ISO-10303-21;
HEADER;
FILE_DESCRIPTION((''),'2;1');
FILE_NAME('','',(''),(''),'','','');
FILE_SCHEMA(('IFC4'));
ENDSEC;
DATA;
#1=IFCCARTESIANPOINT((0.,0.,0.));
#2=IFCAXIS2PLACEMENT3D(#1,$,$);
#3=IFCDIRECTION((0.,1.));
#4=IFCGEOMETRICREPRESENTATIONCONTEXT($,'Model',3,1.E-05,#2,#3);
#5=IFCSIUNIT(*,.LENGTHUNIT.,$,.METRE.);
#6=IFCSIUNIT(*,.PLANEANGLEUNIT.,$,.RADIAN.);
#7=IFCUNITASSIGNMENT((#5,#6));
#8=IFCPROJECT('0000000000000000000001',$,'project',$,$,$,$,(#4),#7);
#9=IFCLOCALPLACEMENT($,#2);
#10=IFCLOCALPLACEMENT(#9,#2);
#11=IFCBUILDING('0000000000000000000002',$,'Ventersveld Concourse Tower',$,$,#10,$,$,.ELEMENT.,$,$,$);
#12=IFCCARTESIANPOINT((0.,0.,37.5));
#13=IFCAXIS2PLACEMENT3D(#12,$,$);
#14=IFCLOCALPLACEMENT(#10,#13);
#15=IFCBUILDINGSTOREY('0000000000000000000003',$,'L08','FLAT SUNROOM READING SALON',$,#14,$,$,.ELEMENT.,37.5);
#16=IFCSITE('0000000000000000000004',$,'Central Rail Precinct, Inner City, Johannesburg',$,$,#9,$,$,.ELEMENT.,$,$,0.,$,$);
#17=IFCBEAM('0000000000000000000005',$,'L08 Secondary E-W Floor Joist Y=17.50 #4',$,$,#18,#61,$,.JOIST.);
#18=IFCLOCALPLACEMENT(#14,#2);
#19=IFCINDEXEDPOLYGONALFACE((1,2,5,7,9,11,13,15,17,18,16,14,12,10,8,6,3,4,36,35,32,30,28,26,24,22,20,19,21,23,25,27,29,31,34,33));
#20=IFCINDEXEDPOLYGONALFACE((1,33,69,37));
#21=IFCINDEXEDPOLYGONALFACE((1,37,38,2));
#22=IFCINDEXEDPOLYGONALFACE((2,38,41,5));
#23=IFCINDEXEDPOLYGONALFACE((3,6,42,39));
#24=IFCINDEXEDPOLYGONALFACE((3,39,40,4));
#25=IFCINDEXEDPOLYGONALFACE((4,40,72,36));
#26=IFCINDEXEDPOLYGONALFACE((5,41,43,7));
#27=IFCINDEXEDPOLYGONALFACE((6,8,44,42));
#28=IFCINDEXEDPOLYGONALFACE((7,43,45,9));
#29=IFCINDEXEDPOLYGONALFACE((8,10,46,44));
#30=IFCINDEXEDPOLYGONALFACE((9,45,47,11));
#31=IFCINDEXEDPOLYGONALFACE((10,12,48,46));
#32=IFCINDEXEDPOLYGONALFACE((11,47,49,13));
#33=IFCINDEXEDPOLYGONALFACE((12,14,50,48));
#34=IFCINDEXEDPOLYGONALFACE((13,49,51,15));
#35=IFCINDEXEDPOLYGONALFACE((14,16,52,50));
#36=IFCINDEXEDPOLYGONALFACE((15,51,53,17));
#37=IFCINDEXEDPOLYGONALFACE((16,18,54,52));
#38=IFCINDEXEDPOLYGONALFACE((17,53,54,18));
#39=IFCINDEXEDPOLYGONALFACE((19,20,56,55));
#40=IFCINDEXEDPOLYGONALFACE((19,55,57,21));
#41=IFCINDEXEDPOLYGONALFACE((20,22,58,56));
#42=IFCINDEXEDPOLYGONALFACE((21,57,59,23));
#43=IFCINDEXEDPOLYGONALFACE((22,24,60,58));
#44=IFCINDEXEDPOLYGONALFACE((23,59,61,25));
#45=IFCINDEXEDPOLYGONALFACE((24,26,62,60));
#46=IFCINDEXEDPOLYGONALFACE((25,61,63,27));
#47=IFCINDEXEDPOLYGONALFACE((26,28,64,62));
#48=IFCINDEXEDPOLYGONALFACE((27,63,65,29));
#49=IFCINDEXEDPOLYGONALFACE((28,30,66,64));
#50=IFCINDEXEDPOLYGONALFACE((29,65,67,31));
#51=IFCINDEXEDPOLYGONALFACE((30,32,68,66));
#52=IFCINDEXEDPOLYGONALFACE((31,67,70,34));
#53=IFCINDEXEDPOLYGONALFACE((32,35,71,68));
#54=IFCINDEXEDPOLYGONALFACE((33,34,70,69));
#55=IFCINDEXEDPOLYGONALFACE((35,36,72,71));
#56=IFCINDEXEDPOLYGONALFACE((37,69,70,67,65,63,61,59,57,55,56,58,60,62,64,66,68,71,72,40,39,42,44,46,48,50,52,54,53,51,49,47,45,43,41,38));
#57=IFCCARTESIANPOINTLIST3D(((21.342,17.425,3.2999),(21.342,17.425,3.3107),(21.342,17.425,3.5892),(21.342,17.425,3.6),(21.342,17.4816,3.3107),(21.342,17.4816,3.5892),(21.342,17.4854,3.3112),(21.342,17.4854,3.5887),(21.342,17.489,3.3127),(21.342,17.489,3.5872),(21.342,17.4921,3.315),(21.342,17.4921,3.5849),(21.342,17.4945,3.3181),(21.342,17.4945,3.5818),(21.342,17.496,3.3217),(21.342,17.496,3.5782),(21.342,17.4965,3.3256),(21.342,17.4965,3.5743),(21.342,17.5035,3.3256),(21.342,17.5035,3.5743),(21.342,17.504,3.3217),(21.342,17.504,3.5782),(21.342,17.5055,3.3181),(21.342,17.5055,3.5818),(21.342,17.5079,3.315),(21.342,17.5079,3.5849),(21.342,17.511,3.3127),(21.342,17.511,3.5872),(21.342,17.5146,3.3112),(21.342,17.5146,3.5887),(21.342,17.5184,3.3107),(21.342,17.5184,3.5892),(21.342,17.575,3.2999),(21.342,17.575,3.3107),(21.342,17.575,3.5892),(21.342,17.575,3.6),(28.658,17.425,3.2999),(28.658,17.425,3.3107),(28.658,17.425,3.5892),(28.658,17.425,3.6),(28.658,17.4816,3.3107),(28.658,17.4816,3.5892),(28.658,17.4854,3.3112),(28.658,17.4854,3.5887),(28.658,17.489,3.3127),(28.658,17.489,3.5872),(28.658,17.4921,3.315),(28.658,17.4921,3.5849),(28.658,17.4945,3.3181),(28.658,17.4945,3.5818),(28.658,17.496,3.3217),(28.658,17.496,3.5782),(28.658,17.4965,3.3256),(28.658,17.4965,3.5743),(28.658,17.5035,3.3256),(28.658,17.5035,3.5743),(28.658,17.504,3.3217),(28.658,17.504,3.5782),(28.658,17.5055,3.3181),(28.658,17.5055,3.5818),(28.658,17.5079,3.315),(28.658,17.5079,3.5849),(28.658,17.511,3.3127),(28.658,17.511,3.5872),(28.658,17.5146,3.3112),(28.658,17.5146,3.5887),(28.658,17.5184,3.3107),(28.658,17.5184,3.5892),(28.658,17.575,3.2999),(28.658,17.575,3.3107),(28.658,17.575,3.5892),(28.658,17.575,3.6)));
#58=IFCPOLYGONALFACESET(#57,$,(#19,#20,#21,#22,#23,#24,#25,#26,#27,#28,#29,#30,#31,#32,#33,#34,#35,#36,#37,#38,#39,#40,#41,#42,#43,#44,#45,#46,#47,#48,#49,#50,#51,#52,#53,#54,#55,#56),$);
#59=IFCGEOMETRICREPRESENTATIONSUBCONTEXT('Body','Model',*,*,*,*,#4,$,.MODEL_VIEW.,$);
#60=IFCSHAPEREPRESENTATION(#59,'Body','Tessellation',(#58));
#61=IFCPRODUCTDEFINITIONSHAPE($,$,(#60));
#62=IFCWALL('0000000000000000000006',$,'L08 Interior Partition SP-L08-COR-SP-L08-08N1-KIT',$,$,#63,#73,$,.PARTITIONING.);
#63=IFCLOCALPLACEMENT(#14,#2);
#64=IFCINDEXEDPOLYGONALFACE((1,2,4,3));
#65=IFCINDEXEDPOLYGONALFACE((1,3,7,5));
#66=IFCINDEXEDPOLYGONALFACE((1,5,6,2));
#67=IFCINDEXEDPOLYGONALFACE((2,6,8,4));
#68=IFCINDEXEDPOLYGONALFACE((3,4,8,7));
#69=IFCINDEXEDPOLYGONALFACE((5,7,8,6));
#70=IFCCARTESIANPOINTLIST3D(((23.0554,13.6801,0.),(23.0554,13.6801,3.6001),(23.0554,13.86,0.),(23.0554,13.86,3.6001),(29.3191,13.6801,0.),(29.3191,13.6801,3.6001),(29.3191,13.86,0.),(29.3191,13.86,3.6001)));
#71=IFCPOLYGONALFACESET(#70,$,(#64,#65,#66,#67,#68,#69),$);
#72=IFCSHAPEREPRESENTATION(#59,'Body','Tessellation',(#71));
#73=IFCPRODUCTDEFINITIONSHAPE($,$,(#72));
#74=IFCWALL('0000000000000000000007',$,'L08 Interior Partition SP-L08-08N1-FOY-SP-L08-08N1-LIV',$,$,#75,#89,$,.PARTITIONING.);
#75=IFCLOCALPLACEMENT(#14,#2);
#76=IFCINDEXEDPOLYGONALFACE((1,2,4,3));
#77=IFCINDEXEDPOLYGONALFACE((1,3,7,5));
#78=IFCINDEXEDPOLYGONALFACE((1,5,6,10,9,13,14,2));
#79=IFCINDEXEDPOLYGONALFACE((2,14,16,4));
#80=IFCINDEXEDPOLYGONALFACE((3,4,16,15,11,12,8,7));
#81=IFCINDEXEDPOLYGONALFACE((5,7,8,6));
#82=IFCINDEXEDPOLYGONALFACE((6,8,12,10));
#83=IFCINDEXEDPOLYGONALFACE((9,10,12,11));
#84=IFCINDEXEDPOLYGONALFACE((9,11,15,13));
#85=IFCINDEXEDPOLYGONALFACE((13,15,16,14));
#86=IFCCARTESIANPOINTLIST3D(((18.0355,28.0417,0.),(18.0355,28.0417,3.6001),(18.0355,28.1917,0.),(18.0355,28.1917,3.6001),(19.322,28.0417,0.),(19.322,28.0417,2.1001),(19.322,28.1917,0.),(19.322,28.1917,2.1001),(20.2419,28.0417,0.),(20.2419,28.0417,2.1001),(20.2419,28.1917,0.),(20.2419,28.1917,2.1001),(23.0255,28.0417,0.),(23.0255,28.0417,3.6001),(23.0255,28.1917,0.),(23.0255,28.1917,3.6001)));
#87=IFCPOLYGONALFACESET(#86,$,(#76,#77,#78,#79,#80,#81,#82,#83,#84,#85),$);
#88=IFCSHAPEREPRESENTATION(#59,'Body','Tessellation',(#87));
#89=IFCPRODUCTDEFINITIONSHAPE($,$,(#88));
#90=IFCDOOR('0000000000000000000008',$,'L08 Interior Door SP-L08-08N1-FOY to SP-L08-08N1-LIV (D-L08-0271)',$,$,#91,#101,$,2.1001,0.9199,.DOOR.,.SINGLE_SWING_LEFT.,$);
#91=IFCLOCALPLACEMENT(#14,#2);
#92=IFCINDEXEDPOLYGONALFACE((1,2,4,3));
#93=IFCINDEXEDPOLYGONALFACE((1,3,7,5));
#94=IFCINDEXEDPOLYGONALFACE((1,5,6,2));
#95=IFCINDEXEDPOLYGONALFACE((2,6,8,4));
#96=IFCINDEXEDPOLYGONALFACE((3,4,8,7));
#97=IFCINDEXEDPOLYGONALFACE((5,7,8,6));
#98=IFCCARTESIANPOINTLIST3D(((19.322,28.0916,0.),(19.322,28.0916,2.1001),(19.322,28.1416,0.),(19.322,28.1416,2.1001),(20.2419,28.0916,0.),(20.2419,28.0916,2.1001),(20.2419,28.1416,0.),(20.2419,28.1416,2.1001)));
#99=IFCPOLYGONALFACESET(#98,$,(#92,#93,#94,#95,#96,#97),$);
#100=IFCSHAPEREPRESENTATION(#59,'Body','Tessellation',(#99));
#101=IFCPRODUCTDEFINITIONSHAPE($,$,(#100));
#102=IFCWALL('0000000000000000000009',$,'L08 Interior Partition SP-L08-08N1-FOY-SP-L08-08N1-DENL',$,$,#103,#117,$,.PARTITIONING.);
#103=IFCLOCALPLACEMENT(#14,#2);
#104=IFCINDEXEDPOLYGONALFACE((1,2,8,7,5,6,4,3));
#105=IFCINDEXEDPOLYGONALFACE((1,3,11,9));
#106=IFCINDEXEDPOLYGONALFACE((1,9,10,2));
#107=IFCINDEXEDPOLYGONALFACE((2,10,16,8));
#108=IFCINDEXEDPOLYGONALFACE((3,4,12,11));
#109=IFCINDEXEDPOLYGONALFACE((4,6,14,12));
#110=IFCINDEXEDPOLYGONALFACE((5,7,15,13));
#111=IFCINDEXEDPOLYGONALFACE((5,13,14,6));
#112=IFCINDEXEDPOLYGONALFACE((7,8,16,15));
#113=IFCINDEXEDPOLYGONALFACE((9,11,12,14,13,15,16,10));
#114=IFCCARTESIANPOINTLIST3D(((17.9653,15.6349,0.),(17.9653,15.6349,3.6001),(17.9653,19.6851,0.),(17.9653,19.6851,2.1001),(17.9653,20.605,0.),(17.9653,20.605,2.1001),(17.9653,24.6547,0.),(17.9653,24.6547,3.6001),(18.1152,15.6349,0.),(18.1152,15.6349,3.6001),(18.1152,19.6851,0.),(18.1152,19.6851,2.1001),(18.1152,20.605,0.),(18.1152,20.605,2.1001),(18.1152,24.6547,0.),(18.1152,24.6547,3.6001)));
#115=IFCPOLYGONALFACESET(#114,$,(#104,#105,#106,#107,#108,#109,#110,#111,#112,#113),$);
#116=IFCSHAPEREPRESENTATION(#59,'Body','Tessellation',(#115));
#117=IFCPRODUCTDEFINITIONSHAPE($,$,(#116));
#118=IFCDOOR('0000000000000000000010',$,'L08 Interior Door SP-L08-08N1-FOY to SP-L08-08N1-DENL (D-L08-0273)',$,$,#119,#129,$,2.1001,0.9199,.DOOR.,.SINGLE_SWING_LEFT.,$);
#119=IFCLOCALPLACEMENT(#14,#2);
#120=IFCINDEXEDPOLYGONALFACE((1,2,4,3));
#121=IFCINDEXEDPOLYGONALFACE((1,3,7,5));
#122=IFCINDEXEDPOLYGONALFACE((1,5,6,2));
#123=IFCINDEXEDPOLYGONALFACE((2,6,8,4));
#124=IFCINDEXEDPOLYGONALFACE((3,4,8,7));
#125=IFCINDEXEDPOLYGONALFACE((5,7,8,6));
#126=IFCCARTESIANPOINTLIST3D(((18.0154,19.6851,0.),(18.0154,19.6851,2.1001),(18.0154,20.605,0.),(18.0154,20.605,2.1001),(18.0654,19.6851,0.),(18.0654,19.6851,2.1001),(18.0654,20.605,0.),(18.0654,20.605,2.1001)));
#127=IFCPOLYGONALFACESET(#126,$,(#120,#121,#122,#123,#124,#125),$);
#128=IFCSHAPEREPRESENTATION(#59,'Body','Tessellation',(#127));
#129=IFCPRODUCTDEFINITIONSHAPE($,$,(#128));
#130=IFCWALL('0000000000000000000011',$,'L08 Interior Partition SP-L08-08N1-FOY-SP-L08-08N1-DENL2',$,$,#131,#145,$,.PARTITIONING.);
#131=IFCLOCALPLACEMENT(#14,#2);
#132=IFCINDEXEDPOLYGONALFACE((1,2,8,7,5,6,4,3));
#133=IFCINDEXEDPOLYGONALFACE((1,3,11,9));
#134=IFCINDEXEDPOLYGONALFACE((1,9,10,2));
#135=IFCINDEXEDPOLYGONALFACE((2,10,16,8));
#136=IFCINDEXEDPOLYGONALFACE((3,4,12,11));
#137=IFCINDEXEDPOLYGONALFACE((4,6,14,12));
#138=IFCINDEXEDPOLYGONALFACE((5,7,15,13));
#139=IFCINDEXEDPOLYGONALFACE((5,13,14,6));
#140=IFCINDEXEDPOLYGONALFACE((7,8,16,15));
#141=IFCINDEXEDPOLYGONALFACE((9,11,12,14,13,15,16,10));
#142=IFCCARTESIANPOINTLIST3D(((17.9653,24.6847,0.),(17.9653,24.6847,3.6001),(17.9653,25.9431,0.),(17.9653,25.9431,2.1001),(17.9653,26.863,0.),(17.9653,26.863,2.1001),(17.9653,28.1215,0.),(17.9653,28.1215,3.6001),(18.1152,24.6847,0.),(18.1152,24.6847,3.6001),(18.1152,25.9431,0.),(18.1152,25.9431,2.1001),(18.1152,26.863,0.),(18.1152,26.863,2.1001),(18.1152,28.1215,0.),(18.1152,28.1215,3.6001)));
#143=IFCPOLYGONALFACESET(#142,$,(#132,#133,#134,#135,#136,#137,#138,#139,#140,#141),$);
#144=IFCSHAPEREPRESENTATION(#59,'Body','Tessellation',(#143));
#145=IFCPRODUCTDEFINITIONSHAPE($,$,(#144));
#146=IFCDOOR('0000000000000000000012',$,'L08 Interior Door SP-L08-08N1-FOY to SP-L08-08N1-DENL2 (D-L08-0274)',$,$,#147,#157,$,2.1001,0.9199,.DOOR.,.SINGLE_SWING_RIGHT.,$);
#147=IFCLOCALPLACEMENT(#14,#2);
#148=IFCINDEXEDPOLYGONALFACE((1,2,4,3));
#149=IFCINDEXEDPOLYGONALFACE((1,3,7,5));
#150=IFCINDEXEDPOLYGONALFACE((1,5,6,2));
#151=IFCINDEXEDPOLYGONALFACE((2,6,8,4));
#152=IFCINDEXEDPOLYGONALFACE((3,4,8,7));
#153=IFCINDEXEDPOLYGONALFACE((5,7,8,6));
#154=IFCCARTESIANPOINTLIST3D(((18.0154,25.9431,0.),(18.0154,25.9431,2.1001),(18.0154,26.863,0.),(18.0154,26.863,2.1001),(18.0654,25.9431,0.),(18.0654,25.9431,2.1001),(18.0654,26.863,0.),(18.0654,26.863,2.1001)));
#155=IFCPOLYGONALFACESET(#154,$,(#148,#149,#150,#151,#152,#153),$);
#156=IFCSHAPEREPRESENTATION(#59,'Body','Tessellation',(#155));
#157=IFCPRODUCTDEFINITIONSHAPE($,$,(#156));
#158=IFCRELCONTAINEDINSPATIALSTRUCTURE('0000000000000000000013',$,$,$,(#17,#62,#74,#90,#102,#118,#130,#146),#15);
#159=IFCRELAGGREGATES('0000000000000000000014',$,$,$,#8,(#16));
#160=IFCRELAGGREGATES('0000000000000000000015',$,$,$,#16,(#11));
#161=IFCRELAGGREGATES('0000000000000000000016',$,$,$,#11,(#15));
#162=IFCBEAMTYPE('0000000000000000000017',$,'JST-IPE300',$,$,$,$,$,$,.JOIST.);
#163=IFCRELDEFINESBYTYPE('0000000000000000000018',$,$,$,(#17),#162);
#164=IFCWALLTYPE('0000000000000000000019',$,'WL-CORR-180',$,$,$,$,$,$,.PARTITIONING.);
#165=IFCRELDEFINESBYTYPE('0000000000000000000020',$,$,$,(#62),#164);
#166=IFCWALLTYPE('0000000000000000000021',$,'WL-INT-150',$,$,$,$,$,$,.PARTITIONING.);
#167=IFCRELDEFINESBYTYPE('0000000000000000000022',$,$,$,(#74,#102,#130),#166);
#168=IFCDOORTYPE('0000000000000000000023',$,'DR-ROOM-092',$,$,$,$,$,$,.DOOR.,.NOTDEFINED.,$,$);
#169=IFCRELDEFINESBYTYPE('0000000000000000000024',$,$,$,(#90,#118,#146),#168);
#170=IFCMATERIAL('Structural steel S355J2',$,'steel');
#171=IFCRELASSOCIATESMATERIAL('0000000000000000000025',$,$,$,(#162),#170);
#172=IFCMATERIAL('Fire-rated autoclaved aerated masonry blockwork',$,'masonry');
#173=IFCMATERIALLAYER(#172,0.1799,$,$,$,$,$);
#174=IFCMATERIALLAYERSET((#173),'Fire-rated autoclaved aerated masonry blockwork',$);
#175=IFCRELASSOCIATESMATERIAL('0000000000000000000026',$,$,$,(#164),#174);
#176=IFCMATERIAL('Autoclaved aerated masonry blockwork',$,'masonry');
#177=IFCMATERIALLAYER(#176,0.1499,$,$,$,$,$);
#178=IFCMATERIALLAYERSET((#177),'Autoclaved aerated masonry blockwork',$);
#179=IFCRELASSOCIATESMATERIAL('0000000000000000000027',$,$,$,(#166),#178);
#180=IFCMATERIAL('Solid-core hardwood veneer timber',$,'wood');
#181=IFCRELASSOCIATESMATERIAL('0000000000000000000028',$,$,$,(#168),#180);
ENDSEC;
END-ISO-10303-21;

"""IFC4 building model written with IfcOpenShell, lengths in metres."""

from ifc_helpers import new_model, si_unit, direction, frame, frame_2d, origin, origin_2d, place, context, subcontext, project, spatial, rectangle, i_section, extrude, material, layer, layer_set, material_profile, profile_set, type_object, element, fill, save


model = new_model("IFC4")

# Units and contexts
model_context = context("Model", 3, precision=1e-05, world=origin(), true_north=direction((0.0, 1.0)))
body_context = subcontext(model_context, "Body", "Model", "MODEL_VIEW")
ifc_project = project(units=[si_unit("LENGTHUNIT", "METRE"), si_unit("PLANEANGLEUNIT", "RADIAN")], contexts=[model_context])

# Site, building, storey
site_placement = place(None, origin())
site = spatial("IfcSite", under=ifc_project, at=site_placement, Name="Central Rail Precinct, Inner City, Johannesburg", CompositionType="ELEMENT", RefElevation=0.0)
building_placement = place(site_placement, origin())
building = spatial("IfcBuilding", under=site, at=building_placement, Name="Ventersveld Concourse Tower", CompositionType="ELEMENT")
storey_placement = place(building_placement, frame((0.0, 0.0, 37.5)))
storey = spatial("IfcBuildingStorey", under=building, at=storey_placement, Name="L08", Description="FLAT SUNROOM READING SALON", CompositionType="ELEMENT", Elevation=37.5)

# Beam
ifc_material_1 = material(Name="Structural steel S355J2", Category="steel")
ifc_material_profile_1 = material_profile(ifc_material_1, i_section(OverallWidth=0.1499, OverallDepth=0.3, WebThickness=0.0071, FlangeThickness=0.0107, FilletRadius=0.0149, at=origin_2d()), Name="IPE 300")
ifc_profile_set_1 = profile_set([ifc_material_profile_1], Name="Structural steel S355J2")
beam_type_1 = type_object("IfcBeamType", Name="JST-IPE300", PredefinedType="JOIST", material=ifc_profile_set_1)
for number, where, z_axis, x_axis, name in (
    (1, (21.342, 17.5, 3.45), (1.0, 0.0, 0.0), (0.0, 1.0, 0.0), "L08 Secondary E-W Floor Joist Y=17.50 #4"),
):
    element("IfcBeam", number, at=place(storey_placement, frame(where, z_axis=z_axis, x_axis=x_axis)), inside=storey, type_object=beam_type_1, Name=name, PredefinedType="JOIST", context=body_context, shape_type="SweptSolid", body=[
        extrude(i_section(OverallWidth=0.1499, OverallDepth=0.3, WebThickness=0.0071, FlangeThickness=0.0107, FilletRadius=0.0149, at=origin_2d()), origin(), (0.0, 0.0, 1.0), 7.3159),
    ])

# Shared definitions
ifc_material_2 = material(Name="Fire-rated autoclaved aerated masonry blockwork", Category="masonry")
ifc_layer_1 = layer(ifc_material_2, 0.1799)
ifc_layer_set_1 = layer_set([ifc_layer_1], Name="Fire-rated autoclaved aerated masonry blockwork")
wall_type_1 = type_object("IfcWallType", Name="WL-CORR-180", PredefinedType="PARTITIONING", material=ifc_layer_set_1)
ifc_material_3 = material(Name="Solid-core hardwood veneer timber", Category="wood")

# Wall
wall_1_placement = place(storey_placement, frame((23.0554, 13.77, 0.0), z_axis=(0.0, 0.0, 1.0), x_axis=(1.0, 0.0, 0.0)))
element("IfcWall", 2, at=wall_1_placement, inside=storey, type_object=wall_type_1, Name="L08 Interior Partition SP-L08-COR-SP-L08-08N1-KIT", PredefinedType="PARTITIONING", context=body_context, shape_type="SweptSolid", body=[
    extrude(rectangle(XDim=6.2637, YDim=0.1799, at=frame_2d((3.1318, 0.0))), origin(), (0.0, 0.0, 1.0), 3.6001),
])

# Walls, openings, doors
ifc_material_4 = material(Name="Autoclaved aerated masonry blockwork", Category="masonry")
ifc_layer_2 = layer(ifc_material_4, 0.1499)
ifc_layer_set_2 = layer_set([ifc_layer_2], Name="Autoclaved aerated masonry blockwork")
wall_type_2 = type_object("IfcWallType", Name="WL-INT-150", PredefinedType="PARTITIONING", material=ifc_layer_set_2)
wall_2_placement = place(storey_placement, frame((18.0354, 28.1167, 0.0), z_axis=(0.0, 0.0, 1.0), x_axis=(1.0, 0.0, 0.0)))
wall_2 = element("IfcWall", 3, at=wall_2_placement, inside=storey, type_object=wall_type_2, Name="L08 Interior Partition SP-L08-08N1-FOY-SP-L08-08N1-LIV", PredefinedType="PARTITIONING", context=body_context, shape_type="SweptSolid", body=[
    extrude(rectangle(XDim=4.99, YDim=0.1499, at=frame_2d((2.4951, 0.0))), origin(), (0.0, 0.0, 1.0), 3.6001),
])
opening_1_placement = place(wall_2_placement, frame((1.2866, 0.0, 0.0)))
opening_1 = element("IfcOpeningElement", 4, at=opening_1_placement, cuts=wall_2, PredefinedType="OPENING", context=body_context, shape_type="SweptSolid", body=[
    extrude(rectangle(XDim=0.9199, YDim=2.1001, at=frame_2d((0.46, 1.05))), frame((0.0, 0.085, 0.0), z_axis=(0.0, -1.0, 0.0), x_axis=(1.0, 0.0, 0.0)), (0.0, 0.0, 1.0), 0.1699),
])
door_type_1 = type_object("IfcDoorType", Name="DR-ROOM-092", OperationType="NOTDEFINED", PredefinedType="DOOR", material=ifc_material_3)
door_1_placement = place(opening_1_placement, origin())
door_1 = element("IfcDoor", 5, at=door_1_placement, inside=storey, type_object=door_type_1, Name="L08 Interior Door SP-L08-08N1-FOY to SP-L08-08N1-LIV (D-L08-0271)", OperationType="SINGLE_SWING_LEFT", OverallHeight=2.1001, OverallWidth=0.9199, PredefinedType="DOOR", context=body_context, shape_type="SweptSolid", body=[
    extrude(rectangle(XDim=0.9199, YDim=2.1001, at=frame_2d((0.46, 1.05))), frame((0.0, 0.0249, 0.0), z_axis=(0.0, -1.0, 0.0), x_axis=(1.0, 0.0, 0.0)), (0.0, 0.0, 1.0), 0.05),
])
fill(opening_1, door_1)
wall_3_placement = place(storey_placement, frame((18.0403, 15.635, 0.0), z_axis=(0.0, 0.0, 1.0), x_axis=(0.0, 1.0, 0.0)))
wall_3 = element("IfcWall", 6, at=wall_3_placement, inside=storey, type_object=wall_type_2, Name="L08 Interior Partition SP-L08-08N1-FOY-SP-L08-08N1-DENL", PredefinedType="PARTITIONING", context=body_context, shape_type="SweptSolid", body=[
    extrude(rectangle(XDim=9.0198, YDim=0.1499, at=frame_2d((4.5098, 0.0))), origin(), (0.0, 0.0, 1.0), 3.6001),
])
opening_2_placement = place(wall_3_placement, frame((4.05, 0.0, 0.0)))
opening_2 = element("IfcOpeningElement", 7, at=opening_2_placement, cuts=wall_3, PredefinedType="OPENING", context=body_context, shape_type="SweptSolid", body=[
    extrude(rectangle(XDim=0.9199, YDim=2.1001, at=frame_2d((0.46, 1.05))), frame((0.0, 0.085, 0.0), z_axis=(0.0, -1.0, 0.0), x_axis=(1.0, 0.0, 0.0)), (0.0, 0.0, 1.0), 0.1699),
])
door_2_placement = place(opening_2_placement, origin())
door_2 = element("IfcDoor", 8, at=door_2_placement, inside=storey, type_object=door_type_1, Name="L08 Interior Door SP-L08-08N1-FOY to SP-L08-08N1-DENL (D-L08-0273)", OperationType="SINGLE_SWING_LEFT", OverallHeight=2.1001, OverallWidth=0.9199, PredefinedType="DOOR", context=body_context, shape_type="SweptSolid", body=[
    extrude(rectangle(XDim=0.9199, YDim=2.1001, at=frame_2d((0.46, 1.05))), frame((0.0, 0.0249, 0.0), z_axis=(0.0, -1.0, 0.0), x_axis=(1.0, 0.0, 0.0)), (0.0, 0.0, 1.0), 0.05),
])
fill(opening_2, door_2)
wall_4_placement = place(storey_placement, frame((18.0403, 24.6848, 0.0), z_axis=(0.0, 0.0, 1.0), x_axis=(0.0, 1.0, 0.0)))
wall_4 = element("IfcWall", 9, at=wall_4_placement, inside=storey, type_object=wall_type_2, Name="L08 Interior Partition SP-L08-08N1-FOY-SP-L08-08N1-DENL2", PredefinedType="PARTITIONING", context=body_context, shape_type="SweptSolid", body=[
    extrude(rectangle(XDim=3.4368, YDim=0.1499, at=frame_2d((1.7183, 0.0))), origin(), (0.0, 0.0, 1.0), 3.6001),
])
opening_3_placement = place(wall_4_placement, frame((1.2583, 0.0, 0.0)))
opening_3 = element("IfcOpeningElement", 10, at=opening_3_placement, cuts=wall_4, PredefinedType="OPENING", context=body_context, shape_type="SweptSolid", body=[
    extrude(rectangle(XDim=0.9199, YDim=2.1001, at=frame_2d((0.46, 1.05))), frame((0.0, 0.085, 0.0), z_axis=(0.0, -1.0, 0.0), x_axis=(1.0, 0.0, 0.0)), (0.0, 0.0, 1.0), 0.1699),
])
door_3_placement = place(opening_3_placement, origin())
door_3 = element("IfcDoor", 11, at=door_3_placement, inside=storey, type_object=door_type_1, Name="L08 Interior Door SP-L08-08N1-FOY to SP-L08-08N1-DENL2 (D-L08-0274)", OperationType="SINGLE_SWING_RIGHT", OverallHeight=2.1001, OverallWidth=0.9199, PredefinedType="DOOR", context=body_context, shape_type="SweptSolid", body=[
    extrude(rectangle(XDim=0.9199, YDim=2.1001, at=frame_2d((0.46, 1.05))), frame((0.0, 0.0249, 0.0), z_axis=(0.0, -1.0, 0.0), x_axis=(1.0, 0.0, 0.0)), (0.0, 0.0, 1.0), 0.05),
])
fill(opening_3, door_3)

save(model, "model.ifc")
